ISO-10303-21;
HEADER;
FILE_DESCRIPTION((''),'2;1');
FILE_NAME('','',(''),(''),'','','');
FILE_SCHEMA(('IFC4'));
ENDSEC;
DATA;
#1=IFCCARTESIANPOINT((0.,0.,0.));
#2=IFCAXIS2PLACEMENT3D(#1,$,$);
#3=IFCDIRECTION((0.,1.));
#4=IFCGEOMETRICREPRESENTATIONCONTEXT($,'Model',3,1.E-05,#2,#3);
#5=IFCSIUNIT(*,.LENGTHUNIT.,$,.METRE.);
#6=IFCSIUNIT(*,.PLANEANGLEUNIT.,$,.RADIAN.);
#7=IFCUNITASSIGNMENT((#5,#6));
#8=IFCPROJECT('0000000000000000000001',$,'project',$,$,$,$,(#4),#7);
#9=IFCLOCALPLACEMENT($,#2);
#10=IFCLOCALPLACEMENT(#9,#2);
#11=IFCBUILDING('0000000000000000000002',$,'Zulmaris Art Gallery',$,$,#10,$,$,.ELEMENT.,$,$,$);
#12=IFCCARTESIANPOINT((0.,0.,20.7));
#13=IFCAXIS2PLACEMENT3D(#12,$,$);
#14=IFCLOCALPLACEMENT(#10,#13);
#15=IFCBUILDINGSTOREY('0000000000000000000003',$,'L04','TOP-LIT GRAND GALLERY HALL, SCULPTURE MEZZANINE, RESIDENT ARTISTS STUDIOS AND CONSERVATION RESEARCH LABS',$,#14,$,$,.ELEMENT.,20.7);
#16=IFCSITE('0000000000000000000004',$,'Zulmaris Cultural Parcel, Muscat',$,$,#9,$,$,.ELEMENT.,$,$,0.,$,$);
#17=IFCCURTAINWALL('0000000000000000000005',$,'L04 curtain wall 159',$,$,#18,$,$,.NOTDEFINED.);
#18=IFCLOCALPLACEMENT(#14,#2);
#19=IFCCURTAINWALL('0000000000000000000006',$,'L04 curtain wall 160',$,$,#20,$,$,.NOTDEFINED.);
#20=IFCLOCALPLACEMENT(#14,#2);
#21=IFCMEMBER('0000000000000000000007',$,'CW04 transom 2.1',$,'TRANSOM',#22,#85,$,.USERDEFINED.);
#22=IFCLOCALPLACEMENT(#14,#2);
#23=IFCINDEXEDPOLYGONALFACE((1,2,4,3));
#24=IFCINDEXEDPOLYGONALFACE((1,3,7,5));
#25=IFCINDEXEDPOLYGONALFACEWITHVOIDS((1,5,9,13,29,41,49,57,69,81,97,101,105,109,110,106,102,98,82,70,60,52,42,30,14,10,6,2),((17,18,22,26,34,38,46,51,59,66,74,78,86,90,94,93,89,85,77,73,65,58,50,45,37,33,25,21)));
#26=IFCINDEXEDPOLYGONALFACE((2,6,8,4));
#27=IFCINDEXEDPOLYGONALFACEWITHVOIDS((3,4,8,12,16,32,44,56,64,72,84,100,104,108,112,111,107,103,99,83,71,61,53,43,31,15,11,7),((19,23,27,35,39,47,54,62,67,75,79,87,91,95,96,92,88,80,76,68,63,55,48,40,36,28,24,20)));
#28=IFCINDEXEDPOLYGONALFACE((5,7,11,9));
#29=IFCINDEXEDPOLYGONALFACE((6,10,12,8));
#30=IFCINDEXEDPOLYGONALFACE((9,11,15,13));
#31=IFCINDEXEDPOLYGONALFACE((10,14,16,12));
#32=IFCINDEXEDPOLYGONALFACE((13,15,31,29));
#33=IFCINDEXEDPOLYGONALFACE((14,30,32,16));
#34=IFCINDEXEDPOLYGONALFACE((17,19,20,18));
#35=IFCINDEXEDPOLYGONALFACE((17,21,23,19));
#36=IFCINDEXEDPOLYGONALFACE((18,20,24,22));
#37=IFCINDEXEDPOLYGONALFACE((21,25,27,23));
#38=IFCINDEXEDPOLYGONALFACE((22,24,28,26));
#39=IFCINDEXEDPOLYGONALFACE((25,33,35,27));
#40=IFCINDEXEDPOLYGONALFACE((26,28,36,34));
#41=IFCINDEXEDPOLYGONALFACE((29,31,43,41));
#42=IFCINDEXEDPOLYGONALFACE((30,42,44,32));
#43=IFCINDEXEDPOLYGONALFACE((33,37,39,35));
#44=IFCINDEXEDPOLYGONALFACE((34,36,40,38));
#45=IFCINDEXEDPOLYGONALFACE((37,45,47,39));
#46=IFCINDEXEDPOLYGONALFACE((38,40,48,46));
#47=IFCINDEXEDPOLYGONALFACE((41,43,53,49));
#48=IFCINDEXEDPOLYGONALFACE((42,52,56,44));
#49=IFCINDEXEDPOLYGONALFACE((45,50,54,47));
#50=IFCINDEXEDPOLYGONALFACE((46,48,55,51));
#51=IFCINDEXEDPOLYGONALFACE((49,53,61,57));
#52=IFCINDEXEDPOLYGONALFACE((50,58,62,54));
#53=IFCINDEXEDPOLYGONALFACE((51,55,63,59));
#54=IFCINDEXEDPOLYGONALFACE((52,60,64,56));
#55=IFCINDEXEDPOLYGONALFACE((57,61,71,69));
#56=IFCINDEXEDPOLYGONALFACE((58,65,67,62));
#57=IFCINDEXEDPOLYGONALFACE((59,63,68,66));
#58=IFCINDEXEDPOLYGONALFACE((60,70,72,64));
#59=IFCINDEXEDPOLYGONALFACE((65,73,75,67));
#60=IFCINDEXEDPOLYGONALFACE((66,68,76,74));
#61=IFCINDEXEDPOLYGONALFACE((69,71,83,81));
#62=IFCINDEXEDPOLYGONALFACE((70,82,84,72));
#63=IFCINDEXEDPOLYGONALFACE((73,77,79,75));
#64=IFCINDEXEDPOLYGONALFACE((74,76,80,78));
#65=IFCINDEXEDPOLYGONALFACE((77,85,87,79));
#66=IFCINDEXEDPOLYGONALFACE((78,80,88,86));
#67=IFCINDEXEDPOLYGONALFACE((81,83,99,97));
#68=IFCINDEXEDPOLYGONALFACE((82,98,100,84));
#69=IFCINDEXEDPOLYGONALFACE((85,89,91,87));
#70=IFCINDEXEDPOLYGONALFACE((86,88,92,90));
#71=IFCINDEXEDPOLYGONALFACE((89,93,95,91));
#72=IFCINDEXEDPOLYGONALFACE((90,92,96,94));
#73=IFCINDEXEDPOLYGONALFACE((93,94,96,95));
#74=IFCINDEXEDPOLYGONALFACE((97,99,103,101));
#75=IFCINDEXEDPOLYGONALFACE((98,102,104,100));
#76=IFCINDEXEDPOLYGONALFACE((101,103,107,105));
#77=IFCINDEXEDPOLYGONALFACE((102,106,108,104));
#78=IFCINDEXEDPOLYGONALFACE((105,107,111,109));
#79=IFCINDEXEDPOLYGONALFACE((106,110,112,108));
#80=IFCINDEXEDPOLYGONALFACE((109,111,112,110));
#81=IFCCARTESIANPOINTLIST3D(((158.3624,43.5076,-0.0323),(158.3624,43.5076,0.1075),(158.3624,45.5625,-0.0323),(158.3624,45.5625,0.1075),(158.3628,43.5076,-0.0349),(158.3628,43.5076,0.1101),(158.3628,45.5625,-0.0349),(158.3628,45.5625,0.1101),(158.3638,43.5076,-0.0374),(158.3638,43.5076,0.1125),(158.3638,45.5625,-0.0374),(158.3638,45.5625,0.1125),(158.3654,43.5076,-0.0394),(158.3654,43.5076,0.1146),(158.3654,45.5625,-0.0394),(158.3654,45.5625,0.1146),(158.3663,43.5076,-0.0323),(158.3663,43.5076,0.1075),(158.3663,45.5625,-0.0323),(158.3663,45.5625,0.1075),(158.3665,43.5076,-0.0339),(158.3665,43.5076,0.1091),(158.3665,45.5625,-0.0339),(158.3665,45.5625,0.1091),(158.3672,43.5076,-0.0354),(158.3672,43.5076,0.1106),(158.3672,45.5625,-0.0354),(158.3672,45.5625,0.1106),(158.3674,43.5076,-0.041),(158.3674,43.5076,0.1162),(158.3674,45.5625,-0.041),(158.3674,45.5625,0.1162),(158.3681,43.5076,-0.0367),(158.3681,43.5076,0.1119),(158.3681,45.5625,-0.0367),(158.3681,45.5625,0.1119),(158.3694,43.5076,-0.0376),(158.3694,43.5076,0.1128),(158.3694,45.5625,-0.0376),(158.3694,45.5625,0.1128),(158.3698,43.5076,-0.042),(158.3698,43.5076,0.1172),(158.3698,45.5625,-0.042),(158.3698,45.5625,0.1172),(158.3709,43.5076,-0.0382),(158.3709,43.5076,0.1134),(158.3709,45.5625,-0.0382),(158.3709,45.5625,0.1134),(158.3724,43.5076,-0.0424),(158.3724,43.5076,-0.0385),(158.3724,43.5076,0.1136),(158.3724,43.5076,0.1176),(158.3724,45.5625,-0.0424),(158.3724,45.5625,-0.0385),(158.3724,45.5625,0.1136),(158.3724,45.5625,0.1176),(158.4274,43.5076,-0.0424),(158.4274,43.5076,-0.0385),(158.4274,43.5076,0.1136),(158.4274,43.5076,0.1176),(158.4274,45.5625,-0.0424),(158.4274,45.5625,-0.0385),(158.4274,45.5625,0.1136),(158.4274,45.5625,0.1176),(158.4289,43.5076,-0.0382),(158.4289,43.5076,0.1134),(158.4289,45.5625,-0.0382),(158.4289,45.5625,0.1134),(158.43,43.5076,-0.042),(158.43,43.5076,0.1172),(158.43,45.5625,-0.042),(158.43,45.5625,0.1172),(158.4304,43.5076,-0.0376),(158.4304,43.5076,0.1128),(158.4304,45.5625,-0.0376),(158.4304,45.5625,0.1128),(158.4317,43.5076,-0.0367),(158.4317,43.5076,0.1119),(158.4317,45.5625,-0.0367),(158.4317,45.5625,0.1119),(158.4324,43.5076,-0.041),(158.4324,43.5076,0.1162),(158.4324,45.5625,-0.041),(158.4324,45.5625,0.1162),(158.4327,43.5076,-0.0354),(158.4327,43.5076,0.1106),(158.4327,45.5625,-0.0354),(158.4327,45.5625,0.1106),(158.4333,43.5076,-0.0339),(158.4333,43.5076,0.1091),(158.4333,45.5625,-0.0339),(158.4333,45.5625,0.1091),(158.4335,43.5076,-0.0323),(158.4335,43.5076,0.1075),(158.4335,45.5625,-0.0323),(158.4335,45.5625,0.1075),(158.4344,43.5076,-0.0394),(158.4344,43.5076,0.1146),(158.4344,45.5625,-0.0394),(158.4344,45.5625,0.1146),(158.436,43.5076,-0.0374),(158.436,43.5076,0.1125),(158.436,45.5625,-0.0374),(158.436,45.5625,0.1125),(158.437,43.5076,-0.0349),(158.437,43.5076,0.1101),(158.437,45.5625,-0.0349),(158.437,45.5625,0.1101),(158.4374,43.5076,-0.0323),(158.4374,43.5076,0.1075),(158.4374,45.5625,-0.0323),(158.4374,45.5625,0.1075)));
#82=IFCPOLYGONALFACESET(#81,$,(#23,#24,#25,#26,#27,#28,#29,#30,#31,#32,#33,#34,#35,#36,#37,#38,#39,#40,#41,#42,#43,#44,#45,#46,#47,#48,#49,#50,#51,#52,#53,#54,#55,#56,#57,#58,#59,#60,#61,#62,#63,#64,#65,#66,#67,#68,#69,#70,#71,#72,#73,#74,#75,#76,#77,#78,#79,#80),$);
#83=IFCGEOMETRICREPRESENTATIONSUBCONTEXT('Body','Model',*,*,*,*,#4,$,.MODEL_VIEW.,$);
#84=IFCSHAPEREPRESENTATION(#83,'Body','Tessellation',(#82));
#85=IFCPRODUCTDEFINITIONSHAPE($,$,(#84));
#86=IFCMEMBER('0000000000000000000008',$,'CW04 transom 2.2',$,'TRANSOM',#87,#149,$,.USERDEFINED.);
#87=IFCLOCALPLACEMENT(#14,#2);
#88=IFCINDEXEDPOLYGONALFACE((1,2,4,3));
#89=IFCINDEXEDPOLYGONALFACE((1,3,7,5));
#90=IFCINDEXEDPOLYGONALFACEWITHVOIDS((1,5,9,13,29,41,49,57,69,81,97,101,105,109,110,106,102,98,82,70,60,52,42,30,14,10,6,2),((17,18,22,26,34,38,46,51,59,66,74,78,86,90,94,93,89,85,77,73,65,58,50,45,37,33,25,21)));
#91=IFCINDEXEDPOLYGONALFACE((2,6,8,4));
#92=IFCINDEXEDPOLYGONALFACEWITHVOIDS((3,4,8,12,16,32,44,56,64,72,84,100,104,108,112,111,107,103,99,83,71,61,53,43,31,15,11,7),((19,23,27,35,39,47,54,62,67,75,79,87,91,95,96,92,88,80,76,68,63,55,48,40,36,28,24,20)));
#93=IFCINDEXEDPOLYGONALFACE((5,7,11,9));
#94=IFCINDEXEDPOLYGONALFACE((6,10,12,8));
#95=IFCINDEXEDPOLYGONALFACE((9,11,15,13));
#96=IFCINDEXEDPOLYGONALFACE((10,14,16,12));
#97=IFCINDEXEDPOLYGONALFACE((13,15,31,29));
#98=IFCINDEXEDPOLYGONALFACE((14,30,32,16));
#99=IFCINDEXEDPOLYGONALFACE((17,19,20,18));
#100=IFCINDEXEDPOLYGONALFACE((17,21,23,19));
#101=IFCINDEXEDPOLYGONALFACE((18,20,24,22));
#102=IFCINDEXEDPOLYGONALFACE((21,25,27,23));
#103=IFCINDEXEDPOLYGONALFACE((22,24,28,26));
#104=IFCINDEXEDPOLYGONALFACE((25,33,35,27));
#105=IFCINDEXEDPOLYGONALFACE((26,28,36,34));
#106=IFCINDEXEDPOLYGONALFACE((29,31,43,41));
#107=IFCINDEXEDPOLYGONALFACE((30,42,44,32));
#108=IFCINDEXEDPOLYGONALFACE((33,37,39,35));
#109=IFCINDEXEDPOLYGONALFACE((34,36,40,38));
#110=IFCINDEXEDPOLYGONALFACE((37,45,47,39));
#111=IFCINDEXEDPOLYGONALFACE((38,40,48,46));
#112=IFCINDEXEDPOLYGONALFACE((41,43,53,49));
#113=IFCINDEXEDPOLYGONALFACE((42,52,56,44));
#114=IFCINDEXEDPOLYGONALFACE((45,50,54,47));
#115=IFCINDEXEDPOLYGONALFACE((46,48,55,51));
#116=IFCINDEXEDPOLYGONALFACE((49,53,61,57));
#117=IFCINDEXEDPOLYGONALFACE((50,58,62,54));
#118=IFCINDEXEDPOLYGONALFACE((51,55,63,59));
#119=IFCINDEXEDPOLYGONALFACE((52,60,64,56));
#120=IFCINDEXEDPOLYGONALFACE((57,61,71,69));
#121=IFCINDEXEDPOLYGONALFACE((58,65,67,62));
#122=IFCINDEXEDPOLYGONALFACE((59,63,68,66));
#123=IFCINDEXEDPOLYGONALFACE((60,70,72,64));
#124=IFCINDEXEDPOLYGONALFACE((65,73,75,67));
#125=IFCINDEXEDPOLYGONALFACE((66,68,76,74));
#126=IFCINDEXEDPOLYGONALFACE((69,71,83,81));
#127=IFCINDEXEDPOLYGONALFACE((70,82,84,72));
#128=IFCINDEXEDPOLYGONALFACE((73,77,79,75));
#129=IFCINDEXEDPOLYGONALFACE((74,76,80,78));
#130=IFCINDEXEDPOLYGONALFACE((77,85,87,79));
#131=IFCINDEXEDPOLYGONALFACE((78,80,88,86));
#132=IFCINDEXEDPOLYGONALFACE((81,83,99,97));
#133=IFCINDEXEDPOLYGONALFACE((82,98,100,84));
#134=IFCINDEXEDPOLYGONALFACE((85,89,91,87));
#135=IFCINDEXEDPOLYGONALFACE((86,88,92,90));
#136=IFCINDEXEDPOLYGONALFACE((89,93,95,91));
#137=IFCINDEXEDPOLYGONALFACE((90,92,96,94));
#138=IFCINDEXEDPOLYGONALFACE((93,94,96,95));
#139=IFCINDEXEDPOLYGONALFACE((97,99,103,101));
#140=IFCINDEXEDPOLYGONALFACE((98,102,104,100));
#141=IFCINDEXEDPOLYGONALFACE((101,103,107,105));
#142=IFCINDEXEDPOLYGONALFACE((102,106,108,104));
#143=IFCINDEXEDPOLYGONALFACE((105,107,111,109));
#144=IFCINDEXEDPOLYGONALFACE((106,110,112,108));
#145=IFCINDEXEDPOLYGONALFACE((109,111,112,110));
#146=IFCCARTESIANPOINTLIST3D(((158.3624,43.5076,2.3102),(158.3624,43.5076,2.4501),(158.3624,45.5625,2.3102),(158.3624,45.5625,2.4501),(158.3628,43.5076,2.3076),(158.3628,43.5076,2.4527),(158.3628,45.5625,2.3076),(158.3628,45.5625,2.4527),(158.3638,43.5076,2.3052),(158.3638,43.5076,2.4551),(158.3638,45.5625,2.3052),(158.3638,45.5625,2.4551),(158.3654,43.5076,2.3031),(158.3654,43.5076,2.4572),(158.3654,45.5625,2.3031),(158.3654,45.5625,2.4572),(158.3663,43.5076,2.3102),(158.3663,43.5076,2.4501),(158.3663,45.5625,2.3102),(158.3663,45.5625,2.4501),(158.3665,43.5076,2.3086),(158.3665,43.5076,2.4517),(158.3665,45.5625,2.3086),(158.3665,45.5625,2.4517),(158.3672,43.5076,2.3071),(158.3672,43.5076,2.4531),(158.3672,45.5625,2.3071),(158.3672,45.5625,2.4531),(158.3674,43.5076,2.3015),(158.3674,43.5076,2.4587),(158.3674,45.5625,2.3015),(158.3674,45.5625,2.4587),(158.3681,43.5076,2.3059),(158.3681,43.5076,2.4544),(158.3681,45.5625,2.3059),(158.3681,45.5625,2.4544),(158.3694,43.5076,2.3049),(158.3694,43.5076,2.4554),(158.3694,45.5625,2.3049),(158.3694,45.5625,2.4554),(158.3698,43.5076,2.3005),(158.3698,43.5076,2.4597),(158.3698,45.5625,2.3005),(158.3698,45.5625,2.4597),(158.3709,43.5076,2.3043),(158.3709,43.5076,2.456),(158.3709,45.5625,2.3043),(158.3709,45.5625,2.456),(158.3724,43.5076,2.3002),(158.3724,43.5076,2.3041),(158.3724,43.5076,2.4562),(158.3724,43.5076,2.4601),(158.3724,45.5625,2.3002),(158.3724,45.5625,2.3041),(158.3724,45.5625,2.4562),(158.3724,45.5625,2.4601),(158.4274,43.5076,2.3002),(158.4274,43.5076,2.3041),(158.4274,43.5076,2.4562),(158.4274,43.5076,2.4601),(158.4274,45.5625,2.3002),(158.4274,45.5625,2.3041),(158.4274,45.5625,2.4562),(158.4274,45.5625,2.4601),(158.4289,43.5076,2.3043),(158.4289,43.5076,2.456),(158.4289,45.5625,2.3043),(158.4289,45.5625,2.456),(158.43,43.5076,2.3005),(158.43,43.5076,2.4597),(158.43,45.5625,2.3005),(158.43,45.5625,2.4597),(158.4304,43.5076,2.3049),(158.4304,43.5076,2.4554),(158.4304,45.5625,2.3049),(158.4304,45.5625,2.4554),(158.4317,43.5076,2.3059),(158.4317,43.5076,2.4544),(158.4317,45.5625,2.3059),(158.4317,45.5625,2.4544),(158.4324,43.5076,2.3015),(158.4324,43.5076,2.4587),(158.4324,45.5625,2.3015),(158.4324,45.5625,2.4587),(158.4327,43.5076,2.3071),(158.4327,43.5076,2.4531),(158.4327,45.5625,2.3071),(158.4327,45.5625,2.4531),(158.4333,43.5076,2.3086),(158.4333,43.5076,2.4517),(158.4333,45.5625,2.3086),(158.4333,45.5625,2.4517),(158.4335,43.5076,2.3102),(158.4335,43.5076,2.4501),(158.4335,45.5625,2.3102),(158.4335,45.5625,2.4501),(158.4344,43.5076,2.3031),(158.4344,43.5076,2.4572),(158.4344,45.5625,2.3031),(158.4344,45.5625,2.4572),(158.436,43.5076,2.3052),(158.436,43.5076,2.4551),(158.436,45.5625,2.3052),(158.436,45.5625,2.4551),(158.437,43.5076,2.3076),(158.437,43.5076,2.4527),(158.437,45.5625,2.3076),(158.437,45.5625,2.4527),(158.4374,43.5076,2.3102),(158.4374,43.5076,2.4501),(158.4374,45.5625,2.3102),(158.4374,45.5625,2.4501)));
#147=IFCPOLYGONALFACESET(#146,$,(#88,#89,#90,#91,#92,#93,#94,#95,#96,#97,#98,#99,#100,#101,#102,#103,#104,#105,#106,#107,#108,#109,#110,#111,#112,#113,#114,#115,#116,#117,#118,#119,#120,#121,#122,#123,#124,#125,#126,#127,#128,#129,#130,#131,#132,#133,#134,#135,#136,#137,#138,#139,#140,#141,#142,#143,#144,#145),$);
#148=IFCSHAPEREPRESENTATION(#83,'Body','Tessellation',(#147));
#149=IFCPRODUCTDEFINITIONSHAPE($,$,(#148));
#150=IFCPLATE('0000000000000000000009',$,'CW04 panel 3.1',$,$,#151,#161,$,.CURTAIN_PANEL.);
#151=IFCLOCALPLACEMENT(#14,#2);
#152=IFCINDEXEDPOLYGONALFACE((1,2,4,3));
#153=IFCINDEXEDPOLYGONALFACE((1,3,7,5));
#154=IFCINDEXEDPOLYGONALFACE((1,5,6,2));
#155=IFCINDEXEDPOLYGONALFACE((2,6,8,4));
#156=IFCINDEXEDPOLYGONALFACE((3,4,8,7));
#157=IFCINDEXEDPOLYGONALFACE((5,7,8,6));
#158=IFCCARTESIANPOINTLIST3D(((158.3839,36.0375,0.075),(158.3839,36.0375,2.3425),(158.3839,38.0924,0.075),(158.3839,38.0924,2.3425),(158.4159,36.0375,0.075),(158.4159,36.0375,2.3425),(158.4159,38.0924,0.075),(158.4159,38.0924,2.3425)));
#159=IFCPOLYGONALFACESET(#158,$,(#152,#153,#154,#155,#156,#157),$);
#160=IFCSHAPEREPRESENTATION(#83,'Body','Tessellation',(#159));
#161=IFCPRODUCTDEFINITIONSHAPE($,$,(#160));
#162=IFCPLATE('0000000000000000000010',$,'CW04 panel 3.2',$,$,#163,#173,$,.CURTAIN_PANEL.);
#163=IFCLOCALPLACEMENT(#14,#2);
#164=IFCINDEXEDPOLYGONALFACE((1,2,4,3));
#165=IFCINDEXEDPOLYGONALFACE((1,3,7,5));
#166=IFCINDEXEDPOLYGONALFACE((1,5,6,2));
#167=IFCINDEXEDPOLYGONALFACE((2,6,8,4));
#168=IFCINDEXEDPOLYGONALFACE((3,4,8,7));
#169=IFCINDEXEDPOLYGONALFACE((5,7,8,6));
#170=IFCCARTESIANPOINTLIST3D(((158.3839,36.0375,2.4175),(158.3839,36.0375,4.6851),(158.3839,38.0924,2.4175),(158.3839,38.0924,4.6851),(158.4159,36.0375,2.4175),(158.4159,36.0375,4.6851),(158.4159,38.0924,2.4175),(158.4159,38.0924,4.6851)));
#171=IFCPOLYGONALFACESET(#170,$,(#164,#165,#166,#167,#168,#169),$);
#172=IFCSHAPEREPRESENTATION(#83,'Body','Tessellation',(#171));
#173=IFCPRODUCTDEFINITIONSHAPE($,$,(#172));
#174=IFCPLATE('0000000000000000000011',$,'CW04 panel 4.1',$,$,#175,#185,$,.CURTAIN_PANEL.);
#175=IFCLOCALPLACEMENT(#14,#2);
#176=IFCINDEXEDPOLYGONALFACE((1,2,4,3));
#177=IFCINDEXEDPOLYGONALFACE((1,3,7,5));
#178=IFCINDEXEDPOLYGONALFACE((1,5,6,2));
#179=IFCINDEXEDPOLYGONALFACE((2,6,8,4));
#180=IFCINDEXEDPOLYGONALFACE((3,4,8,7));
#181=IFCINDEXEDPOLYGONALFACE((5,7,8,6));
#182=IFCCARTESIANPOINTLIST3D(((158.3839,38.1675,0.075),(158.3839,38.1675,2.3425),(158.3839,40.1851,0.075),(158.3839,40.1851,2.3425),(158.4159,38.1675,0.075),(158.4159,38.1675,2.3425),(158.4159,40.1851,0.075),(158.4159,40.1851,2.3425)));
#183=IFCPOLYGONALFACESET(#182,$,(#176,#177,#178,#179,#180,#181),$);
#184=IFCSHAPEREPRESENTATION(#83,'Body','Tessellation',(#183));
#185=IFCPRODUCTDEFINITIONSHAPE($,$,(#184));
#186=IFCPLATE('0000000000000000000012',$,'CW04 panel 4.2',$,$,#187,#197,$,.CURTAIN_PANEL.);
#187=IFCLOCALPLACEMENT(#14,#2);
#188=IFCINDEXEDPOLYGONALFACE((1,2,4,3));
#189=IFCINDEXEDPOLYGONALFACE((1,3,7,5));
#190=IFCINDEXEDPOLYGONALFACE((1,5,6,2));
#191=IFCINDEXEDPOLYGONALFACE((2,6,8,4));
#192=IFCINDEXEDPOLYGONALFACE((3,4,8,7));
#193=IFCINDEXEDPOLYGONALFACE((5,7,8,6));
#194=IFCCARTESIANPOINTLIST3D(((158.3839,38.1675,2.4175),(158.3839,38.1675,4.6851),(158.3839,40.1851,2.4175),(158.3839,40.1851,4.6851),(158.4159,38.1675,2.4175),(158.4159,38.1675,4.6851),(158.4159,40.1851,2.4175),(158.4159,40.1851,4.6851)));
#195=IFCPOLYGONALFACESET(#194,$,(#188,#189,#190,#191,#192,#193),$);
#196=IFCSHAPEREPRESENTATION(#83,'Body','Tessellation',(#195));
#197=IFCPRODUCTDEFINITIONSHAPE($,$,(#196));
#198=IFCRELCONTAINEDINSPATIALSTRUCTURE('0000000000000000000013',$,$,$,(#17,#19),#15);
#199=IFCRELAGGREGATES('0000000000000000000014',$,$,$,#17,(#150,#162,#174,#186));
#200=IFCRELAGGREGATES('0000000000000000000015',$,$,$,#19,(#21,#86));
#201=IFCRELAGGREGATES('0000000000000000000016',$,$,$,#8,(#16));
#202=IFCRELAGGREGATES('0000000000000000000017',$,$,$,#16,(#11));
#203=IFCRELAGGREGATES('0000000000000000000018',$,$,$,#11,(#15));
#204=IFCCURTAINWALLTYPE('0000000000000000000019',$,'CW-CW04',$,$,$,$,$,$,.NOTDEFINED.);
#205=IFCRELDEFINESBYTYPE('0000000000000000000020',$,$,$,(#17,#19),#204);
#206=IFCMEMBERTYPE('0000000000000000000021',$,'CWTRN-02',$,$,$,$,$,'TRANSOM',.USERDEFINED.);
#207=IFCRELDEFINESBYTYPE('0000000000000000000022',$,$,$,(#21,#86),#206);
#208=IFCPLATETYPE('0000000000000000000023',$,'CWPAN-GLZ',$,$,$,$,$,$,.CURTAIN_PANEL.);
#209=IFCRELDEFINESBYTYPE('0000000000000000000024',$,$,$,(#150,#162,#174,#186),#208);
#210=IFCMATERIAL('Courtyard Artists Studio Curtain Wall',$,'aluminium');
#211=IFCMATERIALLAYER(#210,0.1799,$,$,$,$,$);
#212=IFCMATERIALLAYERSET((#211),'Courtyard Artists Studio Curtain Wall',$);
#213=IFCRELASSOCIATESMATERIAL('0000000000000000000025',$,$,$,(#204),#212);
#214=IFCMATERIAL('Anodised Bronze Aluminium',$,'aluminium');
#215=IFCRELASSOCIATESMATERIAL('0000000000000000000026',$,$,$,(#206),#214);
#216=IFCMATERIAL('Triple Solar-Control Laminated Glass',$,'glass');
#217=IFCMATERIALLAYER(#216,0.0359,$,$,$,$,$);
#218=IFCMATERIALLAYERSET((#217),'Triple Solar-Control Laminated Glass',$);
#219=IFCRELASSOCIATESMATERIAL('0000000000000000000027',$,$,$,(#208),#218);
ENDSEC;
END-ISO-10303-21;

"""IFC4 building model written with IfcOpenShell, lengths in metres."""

from ifc_helpers import new_model, si_unit, direction, frame, origin, origin_2d, place, context, subcontext, project, spatial, rectangle, hollow_rectangle, extrude, material, layer, layer_set, material_profile, profile_set, type_object, element, aggregate, save


model = new_model("IFC4")

# Units and contexts
model_context = context("Model", 3, precision=1e-05, world=origin(), true_north=direction((0.0, 1.0)))
body_context = subcontext(model_context, "Body", "Model", "MODEL_VIEW")
ifc_project = project(units=[si_unit("LENGTHUNIT", "METRE"), si_unit("PLANEANGLEUNIT", "RADIAN")], contexts=[model_context])

# Site, building, storey
site_placement = place(None, origin())
site = spatial("IfcSite", under=ifc_project, at=site_placement, Name="Zulmaris Cultural Parcel, Muscat", CompositionType="ELEMENT", RefElevation=0.0)
building_placement = place(site_placement, origin())
building = spatial("IfcBuilding", under=site, at=building_placement, Name="Zulmaris Art Gallery", CompositionType="ELEMENT")
storey_placement = place(building_placement, frame((0.0, 0.0, 20.7)))
storey = spatial("IfcBuildingStorey", under=building, at=storey_placement, Name="L04", Description="TOP-LIT GRAND GALLERY HALL, SCULPTURE MEZZANINE, RESIDENT ARTISTS STUDIOS AND CONSERVATION RESEARCH LABS", CompositionType="ELEMENT", Elevation=20.7)

# Curtain walls
ifc_material_1 = material(Name="Courtyard Artists Studio Curtain Wall", Category="aluminium")
ifc_layer_1 = layer(ifc_material_1, 0.1799)
ifc_layer_set_1 = layer_set([ifc_layer_1], Name="Courtyard Artists Studio Curtain Wall")
curtain_wall_type = type_object("IfcCurtainWallType", Name="CW-CW04", PredefinedType="NOTDEFINED", material=ifc_layer_set_1)
curtain_wall_1_placement = place(storey_placement, origin())
curtain_wall_1 = element("IfcCurtainWall", 1, at=curtain_wall_1_placement, inside=storey, type_object=curtain_wall_type, Name="L04 curtain wall 159", PredefinedType="NOTDEFINED")
ifc_material_2 = material(Name="Anodised Bronze Aluminium", Category="aluminium")
curtain_wall_2_placement = place(storey_placement, origin())
curtain_wall_2 = element("IfcCurtainWall", 2, at=curtain_wall_2_placement, inside=storey, type_object=curtain_wall_type, Name="L04 curtain wall 160", PredefinedType="NOTDEFINED")

# Members
ifc_material_profile_1 = material_profile(ifc_material_2, hollow_rectangle(XDim=0.075, YDim=0.1599, WallThickness=0.0039, InnerFilletRadius=0.0061, OuterFilletRadius=0.01, at=origin_2d()), Name="ALU 75x160x4")
ifc_profile_set_1 = profile_set([ifc_material_profile_1], Name="Anodised Bronze Aluminium")
member_type_1 = type_object("IfcMemberType", Name="CWTRN-02", ElementType="TRANSOM", PredefinedType="USERDEFINED", material=ifc_profile_set_1)
member_1_placement = place(storey_placement, frame((158.3999, 43.5076, 0.0376), z_axis=(0.0, 1.0, 0.0), x_axis=(-1.0, 0.0, 0.0)))
member_1 = element("IfcMember", 3, at=member_1_placement, type_object=member_type_1, Name="CW04 transom 2.1", ObjectType="TRANSOM", PredefinedType="USERDEFINED", context=body_context, shape_type="SweptSolid", body=[
    extrude(hollow_rectangle(XDim=0.075, YDim=0.1599, WallThickness=0.0039, InnerFilletRadius=0.0061, OuterFilletRadius=0.01, at=origin_2d()), origin(), (0.0, 0.0, 1.0), 2.0549),
])
member_2_placement = place(storey_placement, frame((158.3999, 43.5076, 2.3801), z_axis=(0.0, 1.0, 0.0), x_axis=(-1.0, 0.0, 0.0)))
member_2 = element("IfcMember", 4, at=member_2_placement, type_object=member_type_1, Name="CW04 transom 2.2", ObjectType="TRANSOM", PredefinedType="USERDEFINED", context=body_context, shape_type="SweptSolid", body=[
    extrude(hollow_rectangle(XDim=0.075, YDim=0.1599, WallThickness=0.0039, InnerFilletRadius=0.0061, OuterFilletRadius=0.01, at=origin_2d()), origin(), (0.0, 0.0, 1.0), 2.0549),
])

# Plates
ifc_material_3 = material(Name="Triple Solar-Control Laminated Glass", Category="glass")
ifc_layer_2 = layer(ifc_material_3, 0.0359)
ifc_layer_set_2 = layer_set([ifc_layer_2], Name="Triple Solar-Control Laminated Glass")
plate_type = type_object("IfcPlateType", Name="CWPAN-GLZ", PredefinedType="CURTAIN_PANEL", material=ifc_layer_set_2)
plate_1_placement = place(storey_placement, frame((158.3999, 37.0649, 0.075), z_axis=(0.0, 0.0, 1.0), x_axis=(0.0, 1.0, 0.0)))
plate_1 = element("IfcPlate", 5, at=plate_1_placement, type_object=plate_type, Name="CW04 panel 3.1", PredefinedType="CURTAIN_PANEL", context=body_context, shape_type="SweptSolid", body=[
    extrude(rectangle(XDim=2.0549, YDim=0.032, at=origin_2d()), origin(), (0.0, 0.0, 1.0), 2.2676),
])
plate_2_placement = place(storey_placement, frame((158.3999, 37.0649, 2.4175), z_axis=(0.0, 0.0, 1.0), x_axis=(0.0, 1.0, 0.0)))
plate_2 = element("IfcPlate", 6, at=plate_2_placement, type_object=plate_type, Name="CW04 panel 3.2", PredefinedType="CURTAIN_PANEL", context=body_context, shape_type="SweptSolid", body=[
    extrude(rectangle(XDim=2.0549, YDim=0.032, at=origin_2d()), origin(), (0.0, 0.0, 1.0), 2.2676),
])
plate_3_placement = place(storey_placement, frame((158.3999, 39.1763, 0.075), z_axis=(0.0, 0.0, 1.0), x_axis=(0.0, 1.0, 0.0)))
plate_3 = element("IfcPlate", 7, at=plate_3_placement, type_object=plate_type, Name="CW04 panel 4.1", PredefinedType="CURTAIN_PANEL", context=body_context, shape_type="SweptSolid", body=[
    extrude(rectangle(XDim=2.0176, YDim=0.032, at=origin_2d()), origin(), (0.0, 0.0, 1.0), 2.2676),
])
plate_4_placement = place(storey_placement, frame((158.3999, 39.1763, 2.4175), z_axis=(0.0, 0.0, 1.0), x_axis=(0.0, 1.0, 0.0)))
plate_4 = element("IfcPlate", 8, at=plate_4_placement, type_object=plate_type, Name="CW04 panel 4.2", PredefinedType="CURTAIN_PANEL", context=body_context, shape_type="SweptSolid", body=[
    extrude(rectangle(XDim=2.0176, YDim=0.032, at=origin_2d()), origin(), (0.0, 0.0, 1.0), 2.2676),
])
aggregate(curtain_wall_1, [plate_1, plate_2, plate_3, plate_4])
aggregate(curtain_wall_2, [member_1, member_2])

save(model, "model.ifc")
